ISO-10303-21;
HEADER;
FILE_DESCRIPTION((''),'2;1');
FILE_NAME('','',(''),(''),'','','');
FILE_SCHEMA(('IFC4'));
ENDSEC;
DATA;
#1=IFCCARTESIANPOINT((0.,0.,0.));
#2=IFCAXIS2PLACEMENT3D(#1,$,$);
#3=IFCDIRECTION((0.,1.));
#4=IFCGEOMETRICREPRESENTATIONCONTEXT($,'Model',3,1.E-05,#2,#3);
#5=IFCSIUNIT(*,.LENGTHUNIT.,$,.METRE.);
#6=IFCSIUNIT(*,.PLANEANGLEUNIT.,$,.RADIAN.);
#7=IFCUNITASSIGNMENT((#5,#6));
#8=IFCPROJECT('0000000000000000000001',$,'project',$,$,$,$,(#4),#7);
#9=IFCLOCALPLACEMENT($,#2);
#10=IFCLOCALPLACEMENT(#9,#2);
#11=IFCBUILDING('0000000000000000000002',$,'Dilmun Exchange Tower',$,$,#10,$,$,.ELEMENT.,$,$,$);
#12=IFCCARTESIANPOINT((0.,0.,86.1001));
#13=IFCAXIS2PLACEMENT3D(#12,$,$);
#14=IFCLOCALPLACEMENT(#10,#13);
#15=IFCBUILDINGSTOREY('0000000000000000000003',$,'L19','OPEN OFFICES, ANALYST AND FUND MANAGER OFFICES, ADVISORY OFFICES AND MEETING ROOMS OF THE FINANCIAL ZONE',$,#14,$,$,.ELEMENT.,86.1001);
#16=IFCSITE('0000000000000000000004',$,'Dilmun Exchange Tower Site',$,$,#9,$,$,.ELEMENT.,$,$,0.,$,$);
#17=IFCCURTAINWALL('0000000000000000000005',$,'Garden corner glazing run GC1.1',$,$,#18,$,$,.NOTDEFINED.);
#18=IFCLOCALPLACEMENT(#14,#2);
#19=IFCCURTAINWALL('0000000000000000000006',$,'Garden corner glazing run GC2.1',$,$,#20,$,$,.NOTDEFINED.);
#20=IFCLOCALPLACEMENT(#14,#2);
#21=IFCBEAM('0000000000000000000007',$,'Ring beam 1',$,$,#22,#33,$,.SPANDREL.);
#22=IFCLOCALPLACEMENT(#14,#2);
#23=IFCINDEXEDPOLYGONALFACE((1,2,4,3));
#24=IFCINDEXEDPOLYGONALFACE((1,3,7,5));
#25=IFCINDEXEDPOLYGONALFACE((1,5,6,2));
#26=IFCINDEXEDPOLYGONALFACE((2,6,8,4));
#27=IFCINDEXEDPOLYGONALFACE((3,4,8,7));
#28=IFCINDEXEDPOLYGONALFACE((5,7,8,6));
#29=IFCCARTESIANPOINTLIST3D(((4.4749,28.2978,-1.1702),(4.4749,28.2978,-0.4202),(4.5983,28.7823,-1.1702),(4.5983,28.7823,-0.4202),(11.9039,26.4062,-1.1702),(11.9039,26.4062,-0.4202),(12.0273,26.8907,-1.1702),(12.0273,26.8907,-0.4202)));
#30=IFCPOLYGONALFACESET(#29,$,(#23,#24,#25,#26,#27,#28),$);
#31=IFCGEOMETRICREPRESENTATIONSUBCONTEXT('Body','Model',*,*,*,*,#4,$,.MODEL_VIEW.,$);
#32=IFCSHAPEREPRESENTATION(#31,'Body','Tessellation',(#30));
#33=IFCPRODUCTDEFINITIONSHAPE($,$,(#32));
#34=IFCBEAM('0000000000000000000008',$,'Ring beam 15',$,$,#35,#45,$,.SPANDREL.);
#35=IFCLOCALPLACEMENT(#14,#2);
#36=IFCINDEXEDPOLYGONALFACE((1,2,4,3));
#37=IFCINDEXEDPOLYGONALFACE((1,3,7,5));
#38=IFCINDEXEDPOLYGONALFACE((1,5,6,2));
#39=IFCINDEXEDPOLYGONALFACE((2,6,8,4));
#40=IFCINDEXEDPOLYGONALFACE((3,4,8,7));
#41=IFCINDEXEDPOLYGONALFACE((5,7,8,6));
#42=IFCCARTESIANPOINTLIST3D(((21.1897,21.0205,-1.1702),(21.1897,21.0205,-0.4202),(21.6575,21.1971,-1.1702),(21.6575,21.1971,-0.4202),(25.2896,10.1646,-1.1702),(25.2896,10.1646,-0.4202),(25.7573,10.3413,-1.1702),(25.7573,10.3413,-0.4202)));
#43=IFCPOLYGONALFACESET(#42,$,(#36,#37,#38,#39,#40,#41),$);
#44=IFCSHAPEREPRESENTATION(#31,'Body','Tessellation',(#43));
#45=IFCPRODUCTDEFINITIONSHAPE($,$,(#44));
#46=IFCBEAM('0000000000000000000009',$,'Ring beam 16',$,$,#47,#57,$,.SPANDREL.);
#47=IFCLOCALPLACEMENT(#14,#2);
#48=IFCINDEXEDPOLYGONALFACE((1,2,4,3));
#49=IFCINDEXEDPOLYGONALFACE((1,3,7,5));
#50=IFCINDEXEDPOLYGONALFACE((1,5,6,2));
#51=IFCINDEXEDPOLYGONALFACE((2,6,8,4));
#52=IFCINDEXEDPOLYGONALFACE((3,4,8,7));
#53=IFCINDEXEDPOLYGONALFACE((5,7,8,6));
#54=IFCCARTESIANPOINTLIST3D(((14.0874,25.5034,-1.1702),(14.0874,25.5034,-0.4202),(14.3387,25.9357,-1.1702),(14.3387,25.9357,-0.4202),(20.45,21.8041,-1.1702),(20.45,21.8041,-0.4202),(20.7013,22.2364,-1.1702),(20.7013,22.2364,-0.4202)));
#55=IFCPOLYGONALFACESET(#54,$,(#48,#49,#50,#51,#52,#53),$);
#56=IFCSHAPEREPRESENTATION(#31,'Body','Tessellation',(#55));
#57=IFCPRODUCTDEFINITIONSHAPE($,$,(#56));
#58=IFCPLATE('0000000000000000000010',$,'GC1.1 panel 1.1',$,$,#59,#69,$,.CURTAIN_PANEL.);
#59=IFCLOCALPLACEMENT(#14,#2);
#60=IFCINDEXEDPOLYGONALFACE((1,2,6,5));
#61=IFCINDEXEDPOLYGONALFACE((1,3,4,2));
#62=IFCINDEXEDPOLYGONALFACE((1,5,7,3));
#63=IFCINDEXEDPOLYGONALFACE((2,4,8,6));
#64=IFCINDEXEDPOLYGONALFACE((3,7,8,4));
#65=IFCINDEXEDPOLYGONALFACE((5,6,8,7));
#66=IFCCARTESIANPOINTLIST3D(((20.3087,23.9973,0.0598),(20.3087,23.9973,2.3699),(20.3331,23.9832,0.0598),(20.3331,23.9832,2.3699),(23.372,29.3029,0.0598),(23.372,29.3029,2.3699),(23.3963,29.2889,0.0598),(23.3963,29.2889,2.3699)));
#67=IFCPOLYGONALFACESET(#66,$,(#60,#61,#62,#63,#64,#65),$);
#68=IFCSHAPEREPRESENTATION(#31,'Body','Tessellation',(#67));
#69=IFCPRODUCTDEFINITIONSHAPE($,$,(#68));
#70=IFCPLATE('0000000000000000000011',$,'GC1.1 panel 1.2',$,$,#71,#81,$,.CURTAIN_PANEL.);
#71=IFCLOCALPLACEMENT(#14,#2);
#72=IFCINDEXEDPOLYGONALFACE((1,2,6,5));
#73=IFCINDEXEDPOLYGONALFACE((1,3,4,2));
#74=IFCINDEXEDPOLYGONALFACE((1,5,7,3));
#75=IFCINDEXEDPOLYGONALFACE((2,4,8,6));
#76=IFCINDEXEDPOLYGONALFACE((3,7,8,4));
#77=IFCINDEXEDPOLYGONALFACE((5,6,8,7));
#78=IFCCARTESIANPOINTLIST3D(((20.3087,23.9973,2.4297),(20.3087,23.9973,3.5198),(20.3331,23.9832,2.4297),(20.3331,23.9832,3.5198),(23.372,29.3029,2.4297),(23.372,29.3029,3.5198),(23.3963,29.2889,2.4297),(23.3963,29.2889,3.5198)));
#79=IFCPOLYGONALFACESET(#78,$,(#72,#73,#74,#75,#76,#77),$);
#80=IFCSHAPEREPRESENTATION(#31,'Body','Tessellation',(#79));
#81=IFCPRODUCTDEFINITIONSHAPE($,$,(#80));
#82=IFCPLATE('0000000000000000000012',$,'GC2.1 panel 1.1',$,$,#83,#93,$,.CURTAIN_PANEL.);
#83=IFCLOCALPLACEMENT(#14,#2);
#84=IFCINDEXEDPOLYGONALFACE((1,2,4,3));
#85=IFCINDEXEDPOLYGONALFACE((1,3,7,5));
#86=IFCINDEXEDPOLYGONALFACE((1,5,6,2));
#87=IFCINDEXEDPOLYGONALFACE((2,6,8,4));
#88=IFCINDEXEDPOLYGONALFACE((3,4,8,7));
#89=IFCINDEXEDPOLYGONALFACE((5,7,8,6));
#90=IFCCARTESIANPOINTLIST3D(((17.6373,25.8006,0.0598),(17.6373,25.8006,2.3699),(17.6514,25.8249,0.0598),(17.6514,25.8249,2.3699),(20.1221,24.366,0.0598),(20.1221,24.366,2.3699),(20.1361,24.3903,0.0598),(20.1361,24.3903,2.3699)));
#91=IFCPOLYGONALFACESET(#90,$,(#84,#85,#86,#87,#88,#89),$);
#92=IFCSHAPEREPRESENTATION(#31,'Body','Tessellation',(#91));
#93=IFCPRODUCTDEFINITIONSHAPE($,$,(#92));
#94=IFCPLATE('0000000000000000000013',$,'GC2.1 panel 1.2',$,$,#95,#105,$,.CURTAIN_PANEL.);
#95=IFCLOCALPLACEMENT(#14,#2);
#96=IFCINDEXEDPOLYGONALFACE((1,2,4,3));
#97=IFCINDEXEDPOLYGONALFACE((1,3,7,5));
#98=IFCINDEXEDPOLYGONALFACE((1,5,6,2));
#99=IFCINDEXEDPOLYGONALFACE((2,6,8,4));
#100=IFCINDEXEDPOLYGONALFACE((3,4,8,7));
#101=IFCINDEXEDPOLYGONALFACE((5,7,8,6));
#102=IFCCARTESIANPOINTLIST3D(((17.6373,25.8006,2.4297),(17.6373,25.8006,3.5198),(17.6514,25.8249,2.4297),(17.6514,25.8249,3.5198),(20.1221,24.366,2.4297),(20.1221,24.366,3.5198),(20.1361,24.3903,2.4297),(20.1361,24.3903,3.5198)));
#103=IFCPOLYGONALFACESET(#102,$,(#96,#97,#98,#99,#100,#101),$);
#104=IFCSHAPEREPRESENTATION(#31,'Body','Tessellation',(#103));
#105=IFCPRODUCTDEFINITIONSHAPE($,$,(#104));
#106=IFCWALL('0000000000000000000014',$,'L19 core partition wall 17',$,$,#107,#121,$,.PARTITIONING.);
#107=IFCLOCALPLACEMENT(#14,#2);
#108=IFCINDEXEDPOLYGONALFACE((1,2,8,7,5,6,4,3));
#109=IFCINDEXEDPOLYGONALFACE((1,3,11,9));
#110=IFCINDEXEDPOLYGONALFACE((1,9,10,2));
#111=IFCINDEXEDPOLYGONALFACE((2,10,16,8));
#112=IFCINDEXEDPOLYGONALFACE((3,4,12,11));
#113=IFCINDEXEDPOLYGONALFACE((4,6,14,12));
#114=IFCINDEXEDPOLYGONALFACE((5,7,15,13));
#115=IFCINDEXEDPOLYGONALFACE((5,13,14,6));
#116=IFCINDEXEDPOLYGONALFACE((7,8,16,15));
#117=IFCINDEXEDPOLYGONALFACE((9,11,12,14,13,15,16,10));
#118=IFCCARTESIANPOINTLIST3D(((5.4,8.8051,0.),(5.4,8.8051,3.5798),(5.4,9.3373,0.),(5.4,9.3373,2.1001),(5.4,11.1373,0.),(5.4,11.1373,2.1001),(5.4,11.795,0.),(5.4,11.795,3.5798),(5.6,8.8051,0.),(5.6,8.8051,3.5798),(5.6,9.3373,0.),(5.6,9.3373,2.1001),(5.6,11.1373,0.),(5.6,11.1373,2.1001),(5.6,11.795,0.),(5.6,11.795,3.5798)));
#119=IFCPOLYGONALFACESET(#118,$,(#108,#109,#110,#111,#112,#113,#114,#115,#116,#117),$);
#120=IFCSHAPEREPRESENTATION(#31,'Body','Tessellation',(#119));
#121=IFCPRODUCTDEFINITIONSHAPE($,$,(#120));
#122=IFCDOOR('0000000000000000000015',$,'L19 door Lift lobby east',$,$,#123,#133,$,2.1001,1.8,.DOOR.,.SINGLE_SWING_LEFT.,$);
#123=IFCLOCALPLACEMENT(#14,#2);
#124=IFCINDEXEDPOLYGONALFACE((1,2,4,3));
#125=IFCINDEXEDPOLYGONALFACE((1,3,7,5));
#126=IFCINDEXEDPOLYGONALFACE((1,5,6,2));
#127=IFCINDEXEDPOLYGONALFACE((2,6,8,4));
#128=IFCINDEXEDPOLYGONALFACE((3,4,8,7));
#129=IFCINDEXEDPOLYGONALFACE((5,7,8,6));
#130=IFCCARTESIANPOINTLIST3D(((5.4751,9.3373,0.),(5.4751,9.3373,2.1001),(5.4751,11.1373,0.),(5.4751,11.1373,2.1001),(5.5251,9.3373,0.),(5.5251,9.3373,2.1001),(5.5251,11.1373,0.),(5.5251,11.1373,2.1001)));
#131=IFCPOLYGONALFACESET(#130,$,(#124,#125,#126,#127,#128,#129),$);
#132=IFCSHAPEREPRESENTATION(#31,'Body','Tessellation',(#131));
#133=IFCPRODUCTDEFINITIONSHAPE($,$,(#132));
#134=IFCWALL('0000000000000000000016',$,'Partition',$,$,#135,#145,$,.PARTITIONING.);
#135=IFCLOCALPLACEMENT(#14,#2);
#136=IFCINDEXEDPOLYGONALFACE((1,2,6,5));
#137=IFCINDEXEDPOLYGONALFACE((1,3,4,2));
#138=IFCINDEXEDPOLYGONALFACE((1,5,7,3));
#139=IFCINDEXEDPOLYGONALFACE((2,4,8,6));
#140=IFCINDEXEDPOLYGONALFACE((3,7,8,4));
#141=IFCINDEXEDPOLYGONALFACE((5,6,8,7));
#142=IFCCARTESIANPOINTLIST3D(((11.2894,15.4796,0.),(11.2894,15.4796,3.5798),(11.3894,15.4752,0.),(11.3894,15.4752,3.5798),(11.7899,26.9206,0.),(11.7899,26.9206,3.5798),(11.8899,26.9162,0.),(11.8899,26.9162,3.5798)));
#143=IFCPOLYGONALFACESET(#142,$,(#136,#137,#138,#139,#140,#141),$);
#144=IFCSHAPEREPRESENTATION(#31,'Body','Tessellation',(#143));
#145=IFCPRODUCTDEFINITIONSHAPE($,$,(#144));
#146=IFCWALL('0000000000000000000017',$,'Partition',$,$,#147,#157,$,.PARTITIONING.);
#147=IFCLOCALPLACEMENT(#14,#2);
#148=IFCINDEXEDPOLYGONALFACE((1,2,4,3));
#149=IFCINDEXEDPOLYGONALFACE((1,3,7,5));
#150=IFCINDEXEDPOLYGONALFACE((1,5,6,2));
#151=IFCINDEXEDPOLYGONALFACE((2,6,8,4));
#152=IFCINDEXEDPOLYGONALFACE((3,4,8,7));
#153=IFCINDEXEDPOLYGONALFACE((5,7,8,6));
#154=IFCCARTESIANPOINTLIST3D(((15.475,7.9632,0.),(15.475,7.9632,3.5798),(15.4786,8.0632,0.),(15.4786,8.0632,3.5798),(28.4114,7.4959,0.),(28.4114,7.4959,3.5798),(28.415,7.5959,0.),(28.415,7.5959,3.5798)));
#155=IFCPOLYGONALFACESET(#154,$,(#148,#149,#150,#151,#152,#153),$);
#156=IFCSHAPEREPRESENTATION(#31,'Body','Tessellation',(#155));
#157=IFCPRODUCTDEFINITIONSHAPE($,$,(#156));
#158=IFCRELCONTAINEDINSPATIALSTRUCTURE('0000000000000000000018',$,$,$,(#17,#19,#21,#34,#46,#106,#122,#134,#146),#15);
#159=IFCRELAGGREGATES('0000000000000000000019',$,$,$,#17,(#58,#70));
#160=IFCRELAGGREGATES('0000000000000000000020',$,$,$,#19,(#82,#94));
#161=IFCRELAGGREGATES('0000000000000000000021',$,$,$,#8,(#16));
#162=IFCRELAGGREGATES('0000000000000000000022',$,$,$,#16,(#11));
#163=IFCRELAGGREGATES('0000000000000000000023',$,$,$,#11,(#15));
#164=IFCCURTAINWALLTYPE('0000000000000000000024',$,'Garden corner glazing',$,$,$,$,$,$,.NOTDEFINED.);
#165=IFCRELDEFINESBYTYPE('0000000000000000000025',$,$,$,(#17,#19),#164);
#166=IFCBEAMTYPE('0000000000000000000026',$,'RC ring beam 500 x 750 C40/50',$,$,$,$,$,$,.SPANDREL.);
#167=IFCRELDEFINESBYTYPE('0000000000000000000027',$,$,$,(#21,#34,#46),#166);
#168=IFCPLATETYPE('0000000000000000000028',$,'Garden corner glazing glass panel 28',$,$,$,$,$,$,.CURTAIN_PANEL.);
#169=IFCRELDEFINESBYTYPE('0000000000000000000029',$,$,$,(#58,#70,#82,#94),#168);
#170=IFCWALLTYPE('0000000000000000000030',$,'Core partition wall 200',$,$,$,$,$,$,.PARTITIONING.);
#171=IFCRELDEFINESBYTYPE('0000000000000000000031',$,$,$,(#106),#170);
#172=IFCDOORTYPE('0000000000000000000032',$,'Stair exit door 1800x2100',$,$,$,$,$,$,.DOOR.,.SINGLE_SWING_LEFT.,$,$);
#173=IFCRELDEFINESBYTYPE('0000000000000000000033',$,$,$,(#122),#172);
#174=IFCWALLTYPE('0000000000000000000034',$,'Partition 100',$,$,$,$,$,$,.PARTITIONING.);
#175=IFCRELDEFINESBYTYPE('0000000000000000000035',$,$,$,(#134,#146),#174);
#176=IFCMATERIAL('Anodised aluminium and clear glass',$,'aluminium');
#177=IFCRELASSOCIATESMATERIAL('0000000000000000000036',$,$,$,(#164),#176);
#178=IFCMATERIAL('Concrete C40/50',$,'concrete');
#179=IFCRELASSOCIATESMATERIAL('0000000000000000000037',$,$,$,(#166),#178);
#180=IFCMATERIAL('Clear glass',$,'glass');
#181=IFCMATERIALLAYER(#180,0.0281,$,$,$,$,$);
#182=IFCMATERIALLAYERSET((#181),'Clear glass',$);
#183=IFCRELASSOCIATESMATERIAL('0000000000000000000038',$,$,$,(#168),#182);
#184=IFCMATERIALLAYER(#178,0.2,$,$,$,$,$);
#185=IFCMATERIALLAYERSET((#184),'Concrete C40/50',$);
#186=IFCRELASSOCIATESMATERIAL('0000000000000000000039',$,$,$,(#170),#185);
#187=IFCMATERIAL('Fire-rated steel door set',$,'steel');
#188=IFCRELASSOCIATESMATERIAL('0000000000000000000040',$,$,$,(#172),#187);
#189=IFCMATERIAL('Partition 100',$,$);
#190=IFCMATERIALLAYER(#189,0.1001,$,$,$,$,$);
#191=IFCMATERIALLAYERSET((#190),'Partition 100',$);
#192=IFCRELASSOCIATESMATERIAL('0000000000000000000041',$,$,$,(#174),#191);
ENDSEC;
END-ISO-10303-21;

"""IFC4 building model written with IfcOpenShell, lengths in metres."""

from ifc_helpers import new_model, si_unit, direction, frame, frame_2d, origin, origin_2d, place, context, subcontext, project, spatial, rectangle, extrude, material, layer, layer_set, material_profile, profile_set, type_object, element, fill, aggregate, save


model = new_model("IFC4")

# Units and contexts
model_context = context("Model", 3, precision=1e-05, world=origin(), true_north=direction((0.0, 1.0)))
body_context = subcontext(model_context, "Body", "Model", "MODEL_VIEW")
ifc_project = project(units=[si_unit("LENGTHUNIT", "METRE"), si_unit("PLANEANGLEUNIT", "RADIAN")], contexts=[model_context])

# Site, building, storey
site_placement = place(None, origin())
site = spatial("IfcSite", under=ifc_project, at=site_placement, Name="Dilmun Exchange Tower Site", CompositionType="ELEMENT", RefElevation=0.0)
building_placement = place(site_placement, origin())
building = spatial("IfcBuilding", under=site, at=building_placement, Name="Dilmun Exchange Tower", CompositionType="ELEMENT")
storey_placement = place(building_placement, frame((0.0, 0.0, 86.1001)))
storey = spatial("IfcBuildingStorey", under=building, at=storey_placement, Name="L19", Description="OPEN OFFICES, ANALYST AND FUND MANAGER OFFICES, ADVISORY OFFICES AND MEETING ROOMS OF THE FINANCIAL ZONE", CompositionType="ELEMENT", Elevation=86.1001)

# Curtain wall
ifc_material_1 = material(Name="Anodised aluminium and clear glass", Category="aluminium")
curtain_wall_type = type_object("IfcCurtainWallType", Name="Garden corner glazing", PredefinedType="NOTDEFINED", material=ifc_material_1)
curtain_wall_1_placement = place(storey_placement, origin())
curtain_wall_1 = element("IfcCurtainWall", 1, at=curtain_wall_1_placement, inside=storey, type_object=curtain_wall_type, Name="Garden corner glazing run GC1.1", PredefinedType="NOTDEFINED")

# Curtain wall
curtain_wall_2_placement = place(storey_placement, origin())
curtain_wall_2 = element("IfcCurtainWall", 2, at=curtain_wall_2_placement, inside=storey, type_object=curtain_wall_type, Name="Garden corner glazing run GC2.1", PredefinedType="NOTDEFINED")

# Beams
ifc_material_2 = material(Name="Concrete C40/50", Category="concrete")
ifc_material_profile_1 = material_profile(ifc_material_2, rectangle(XDim=0.5, YDim=0.75, at=origin_2d()), Name="500 x 750")
ifc_profile_set_1 = profile_set([ifc_material_profile_1], Name="Concrete C40/50")
beam_type_1 = type_object("IfcBeamType", Name="RC ring beam 500 x 750 C40/50", PredefinedType="SPANDREL", material=ifc_profile_set_1)
beam_1_placement = place(storey_placement, frame((11.9656, 26.6484, -0.7952), z_axis=(-0.969079, 0.246752, 0.0), x_axis=(-0.246752, -0.969079, 0.0)))
element("IfcBeam", 3, at=beam_1_placement, inside=storey, type_object=beam_type_1, Name="Ring beam 1", PredefinedType="SPANDREL", context=body_context, shape_type="SweptSolid", body=[
    extrude(rectangle(XDim=0.5, YDim=0.75, at=origin_2d()), origin(), (0.0, 0.0, 1.0), 7.666),
])
beam_2_placement = place(storey_placement, frame((25.5234, 10.2529, -0.7952), z_axis=(-0.353304, 0.935509, 0.0), x_axis=(-0.935509, -0.353304, 0.0)))
element("IfcBeam", 4, at=beam_2_placement, inside=storey, type_object=beam_type_1, Name="Ring beam 15", PredefinedType="SPANDREL", context=body_context, shape_type="SweptSolid", body=[
    extrude(rectangle(XDim=0.5, YDim=0.75, at=origin_2d()), origin(), (0.0, 0.0, 1.0), 11.6042),
])
beam_3_placement = place(storey_placement, frame((20.5757, 22.0203, -0.7952), z_axis=(-0.864503, 0.502627, 0.0), x_axis=(-0.502627, -0.864503, 0.0)))
element("IfcBeam", 5, at=beam_3_placement, inside=storey, type_object=beam_type_1, Name="Ring beam 16", PredefinedType="SPANDREL", context=body_context, shape_type="SweptSolid", body=[
    extrude(rectangle(XDim=0.5, YDim=0.75, at=origin_2d()), origin(), (0.0, 0.0, 1.0), 7.3599),
])

# Plates
ifc_material_3 = material(Name="Clear glass", Category="glass")
ifc_layer_1 = layer(ifc_material_3, 0.0281)
ifc_layer_set_1 = layer_set([ifc_layer_1], Name="Clear glass")
plate_type = type_object("IfcPlateType", Name="Garden corner glazing glass panel 28", PredefinedType="CURTAIN_PANEL", material=ifc_layer_set_1)
plate_1_placement = place(storey_placement, frame((21.8525, 26.6431, 0.0598), z_axis=(0.0, 0.0, 1.0), x_axis=(-0.500008, -0.866021, 0.0)))
plate_1 = element("IfcPlate", 6, at=plate_1_placement, type_object=plate_type, Name="GC1.1 panel 1.1", PredefinedType="CURTAIN_PANEL", context=body_context, shape_type="SweptSolid", body=[
    extrude(rectangle(XDim=6.1265, YDim=0.0281, at=origin_2d()), origin(), (0.0, 0.0, 1.0), 2.3101),
])
plate_2_placement = place(storey_placement, frame((21.8525, 26.6431, 2.4297), z_axis=(0.0, 0.0, 1.0), x_axis=(-0.500008, -0.866021, 0.0)))
plate_2 = element("IfcPlate", 7, at=plate_2_placement, type_object=plate_type, Name="GC1.1 panel 1.2", PredefinedType="CURTAIN_PANEL", context=body_context, shape_type="SweptSolid", body=[
    extrude(rectangle(XDim=6.1265, YDim=0.0281, at=origin_2d()), origin(), (0.0, 0.0, 1.0), 1.0901),
])
aggregate(curtain_wall_1, [plate_1, plate_2])
plate_3_placement = place(storey_placement, frame((18.8867, 25.0955, 0.0598), z_axis=(0.0, 0.0, 1.0), x_axis=(-0.866015, 0.500018, 0.0)))
plate_3 = element("IfcPlate", 8, at=plate_3_placement, type_object=plate_type, Name="GC2.1 panel 1.1", PredefinedType="CURTAIN_PANEL", context=body_context, shape_type="SweptSolid", body=[
    extrude(rectangle(XDim=2.8691, YDim=0.0281, at=origin_2d()), origin(), (0.0, 0.0, 1.0), 2.3101),
])
plate_4_placement = place(storey_placement, frame((18.8867, 25.0955, 2.4297), z_axis=(0.0, 0.0, 1.0), x_axis=(-0.866015, 0.500018, 0.0)))
plate_4 = element("IfcPlate", 9, at=plate_4_placement, type_object=plate_type, Name="GC2.1 panel 1.2", PredefinedType="CURTAIN_PANEL", context=body_context, shape_type="SweptSolid", body=[
    extrude(rectangle(XDim=2.8691, YDim=0.0281, at=origin_2d()), origin(), (0.0, 0.0, 1.0), 1.0901),
])
aggregate(curtain_wall_2, [plate_3, plate_4])

# Wall, opening, door
ifc_layer_2 = layer(ifc_material_2, 0.2)
ifc_layer_set_2 = layer_set([ifc_layer_2], Name="Concrete C40/50")
wall_type_1 = type_object("IfcWallType", Name="Core partition wall 200", PredefinedType="PARTITIONING", material=ifc_layer_set_2)
wall_1_placement = place(storey_placement, frame((5.5, 8.8049, 0.0), z_axis=(0.0, 0.0, 1.0), x_axis=(0.0, 1.0, 0.0)))
wall_1 = element("IfcWall", 10, at=wall_1_placement, inside=storey, type_object=wall_type_1, Name="L19 core partition wall 17", PredefinedType="PARTITIONING", context=body_context, shape_type="SweptSolid", body=[
    extrude(rectangle(XDim=2.99, YDim=0.2, at=frame_2d((1.4951, 0.0))), origin(), (0.0, 0.0, 1.0), 3.5798),
])
opening_1_placement = place(wall_1_placement, frame((0.5325, 0.0, 0.0)))
opening_1 = element("IfcOpeningElement", 11, at=opening_1_placement, cuts=wall_1, PredefinedType="OPENING", context=body_context, shape_type="SweptSolid", body=[
    extrude(rectangle(XDim=1.8, YDim=2.1001, at=frame_2d((0.8999, 1.05))), frame((0.0, 0.1099, 0.0), z_axis=(0.0, -1.0, 0.0), x_axis=(1.0, 0.0, 0.0)), (0.0, 0.0, 1.0), 0.22),
])
ifc_material_4 = material(Name="Fire-rated steel door set", Category="steel")
door_type_1 = type_object("IfcDoorType", Name="Stair exit door 1800x2100", OperationType="SINGLE_SWING_LEFT", PredefinedType="DOOR", material=ifc_material_4)
door_1_placement = place(opening_1_placement, origin())
door_1 = element("IfcDoor", 12, at=door_1_placement, inside=storey, type_object=door_type_1, Name="L19 door Lift lobby east", OperationType="SINGLE_SWING_LEFT", OverallHeight=2.1001, OverallWidth=1.8, PredefinedType="DOOR", context=body_context, shape_type="SweptSolid", body=[
    extrude(rectangle(XDim=1.8, YDim=2.1001, at=frame_2d((0.8999, 1.05))), frame((0.0, 0.0249, 0.0), z_axis=(0.0, -1.0, 0.0), x_axis=(1.0, 0.0, 0.0)), (0.0, 0.0, 1.0), 0.05),
])
fill(opening_1, door_1)

# Walls
ifc_material_5 = material(Name="Partition 100")
ifc_layer_3 = layer(ifc_material_5, 0.1001)
ifc_layer_set_3 = layer_set([ifc_layer_3], Name="Partition 100")
wall_type_2 = type_object("IfcWallType", Name="Partition 100", PredefinedType="PARTITIONING", material=ifc_layer_set_3)
wall_2_placement = place(storey_placement, frame((11.3394, 15.4773, 0.0), z_axis=(0.0, 0.0, 1.0), x_axis=(0.043704, 0.999045, 0.0)))
element("IfcWall", 13, at=wall_2_placement, inside=storey, type_object=wall_type_2, Name="Partition", PredefinedType="PARTITIONING", context=body_context, shape_type="SweptSolid", body=[
    extrude(rectangle(XDim=11.4519, YDim=0.1001, at=frame_2d((5.7261, 0.0))), origin(), (0.0, 0.0, 1.0), 3.5798),
])
wall_3_placement = place(storey_placement, frame((15.4768, 8.0132, 0.0), z_axis=(0.0, 0.0, 1.0), x_axis=(0.999348, -0.036099, 0.0)))
element("IfcWall", 14, at=wall_3_placement, inside=storey, type_object=wall_type_2, Name="Partition", PredefinedType="PARTITIONING", context=body_context, shape_type="SweptSolid", body=[
    extrude(rectangle(XDim=12.9448, YDim=0.1001, at=frame_2d((6.4724, 0.0))), origin(), (0.0, 0.0, 1.0), 3.5798),
])

save(model, "model.ifc")
